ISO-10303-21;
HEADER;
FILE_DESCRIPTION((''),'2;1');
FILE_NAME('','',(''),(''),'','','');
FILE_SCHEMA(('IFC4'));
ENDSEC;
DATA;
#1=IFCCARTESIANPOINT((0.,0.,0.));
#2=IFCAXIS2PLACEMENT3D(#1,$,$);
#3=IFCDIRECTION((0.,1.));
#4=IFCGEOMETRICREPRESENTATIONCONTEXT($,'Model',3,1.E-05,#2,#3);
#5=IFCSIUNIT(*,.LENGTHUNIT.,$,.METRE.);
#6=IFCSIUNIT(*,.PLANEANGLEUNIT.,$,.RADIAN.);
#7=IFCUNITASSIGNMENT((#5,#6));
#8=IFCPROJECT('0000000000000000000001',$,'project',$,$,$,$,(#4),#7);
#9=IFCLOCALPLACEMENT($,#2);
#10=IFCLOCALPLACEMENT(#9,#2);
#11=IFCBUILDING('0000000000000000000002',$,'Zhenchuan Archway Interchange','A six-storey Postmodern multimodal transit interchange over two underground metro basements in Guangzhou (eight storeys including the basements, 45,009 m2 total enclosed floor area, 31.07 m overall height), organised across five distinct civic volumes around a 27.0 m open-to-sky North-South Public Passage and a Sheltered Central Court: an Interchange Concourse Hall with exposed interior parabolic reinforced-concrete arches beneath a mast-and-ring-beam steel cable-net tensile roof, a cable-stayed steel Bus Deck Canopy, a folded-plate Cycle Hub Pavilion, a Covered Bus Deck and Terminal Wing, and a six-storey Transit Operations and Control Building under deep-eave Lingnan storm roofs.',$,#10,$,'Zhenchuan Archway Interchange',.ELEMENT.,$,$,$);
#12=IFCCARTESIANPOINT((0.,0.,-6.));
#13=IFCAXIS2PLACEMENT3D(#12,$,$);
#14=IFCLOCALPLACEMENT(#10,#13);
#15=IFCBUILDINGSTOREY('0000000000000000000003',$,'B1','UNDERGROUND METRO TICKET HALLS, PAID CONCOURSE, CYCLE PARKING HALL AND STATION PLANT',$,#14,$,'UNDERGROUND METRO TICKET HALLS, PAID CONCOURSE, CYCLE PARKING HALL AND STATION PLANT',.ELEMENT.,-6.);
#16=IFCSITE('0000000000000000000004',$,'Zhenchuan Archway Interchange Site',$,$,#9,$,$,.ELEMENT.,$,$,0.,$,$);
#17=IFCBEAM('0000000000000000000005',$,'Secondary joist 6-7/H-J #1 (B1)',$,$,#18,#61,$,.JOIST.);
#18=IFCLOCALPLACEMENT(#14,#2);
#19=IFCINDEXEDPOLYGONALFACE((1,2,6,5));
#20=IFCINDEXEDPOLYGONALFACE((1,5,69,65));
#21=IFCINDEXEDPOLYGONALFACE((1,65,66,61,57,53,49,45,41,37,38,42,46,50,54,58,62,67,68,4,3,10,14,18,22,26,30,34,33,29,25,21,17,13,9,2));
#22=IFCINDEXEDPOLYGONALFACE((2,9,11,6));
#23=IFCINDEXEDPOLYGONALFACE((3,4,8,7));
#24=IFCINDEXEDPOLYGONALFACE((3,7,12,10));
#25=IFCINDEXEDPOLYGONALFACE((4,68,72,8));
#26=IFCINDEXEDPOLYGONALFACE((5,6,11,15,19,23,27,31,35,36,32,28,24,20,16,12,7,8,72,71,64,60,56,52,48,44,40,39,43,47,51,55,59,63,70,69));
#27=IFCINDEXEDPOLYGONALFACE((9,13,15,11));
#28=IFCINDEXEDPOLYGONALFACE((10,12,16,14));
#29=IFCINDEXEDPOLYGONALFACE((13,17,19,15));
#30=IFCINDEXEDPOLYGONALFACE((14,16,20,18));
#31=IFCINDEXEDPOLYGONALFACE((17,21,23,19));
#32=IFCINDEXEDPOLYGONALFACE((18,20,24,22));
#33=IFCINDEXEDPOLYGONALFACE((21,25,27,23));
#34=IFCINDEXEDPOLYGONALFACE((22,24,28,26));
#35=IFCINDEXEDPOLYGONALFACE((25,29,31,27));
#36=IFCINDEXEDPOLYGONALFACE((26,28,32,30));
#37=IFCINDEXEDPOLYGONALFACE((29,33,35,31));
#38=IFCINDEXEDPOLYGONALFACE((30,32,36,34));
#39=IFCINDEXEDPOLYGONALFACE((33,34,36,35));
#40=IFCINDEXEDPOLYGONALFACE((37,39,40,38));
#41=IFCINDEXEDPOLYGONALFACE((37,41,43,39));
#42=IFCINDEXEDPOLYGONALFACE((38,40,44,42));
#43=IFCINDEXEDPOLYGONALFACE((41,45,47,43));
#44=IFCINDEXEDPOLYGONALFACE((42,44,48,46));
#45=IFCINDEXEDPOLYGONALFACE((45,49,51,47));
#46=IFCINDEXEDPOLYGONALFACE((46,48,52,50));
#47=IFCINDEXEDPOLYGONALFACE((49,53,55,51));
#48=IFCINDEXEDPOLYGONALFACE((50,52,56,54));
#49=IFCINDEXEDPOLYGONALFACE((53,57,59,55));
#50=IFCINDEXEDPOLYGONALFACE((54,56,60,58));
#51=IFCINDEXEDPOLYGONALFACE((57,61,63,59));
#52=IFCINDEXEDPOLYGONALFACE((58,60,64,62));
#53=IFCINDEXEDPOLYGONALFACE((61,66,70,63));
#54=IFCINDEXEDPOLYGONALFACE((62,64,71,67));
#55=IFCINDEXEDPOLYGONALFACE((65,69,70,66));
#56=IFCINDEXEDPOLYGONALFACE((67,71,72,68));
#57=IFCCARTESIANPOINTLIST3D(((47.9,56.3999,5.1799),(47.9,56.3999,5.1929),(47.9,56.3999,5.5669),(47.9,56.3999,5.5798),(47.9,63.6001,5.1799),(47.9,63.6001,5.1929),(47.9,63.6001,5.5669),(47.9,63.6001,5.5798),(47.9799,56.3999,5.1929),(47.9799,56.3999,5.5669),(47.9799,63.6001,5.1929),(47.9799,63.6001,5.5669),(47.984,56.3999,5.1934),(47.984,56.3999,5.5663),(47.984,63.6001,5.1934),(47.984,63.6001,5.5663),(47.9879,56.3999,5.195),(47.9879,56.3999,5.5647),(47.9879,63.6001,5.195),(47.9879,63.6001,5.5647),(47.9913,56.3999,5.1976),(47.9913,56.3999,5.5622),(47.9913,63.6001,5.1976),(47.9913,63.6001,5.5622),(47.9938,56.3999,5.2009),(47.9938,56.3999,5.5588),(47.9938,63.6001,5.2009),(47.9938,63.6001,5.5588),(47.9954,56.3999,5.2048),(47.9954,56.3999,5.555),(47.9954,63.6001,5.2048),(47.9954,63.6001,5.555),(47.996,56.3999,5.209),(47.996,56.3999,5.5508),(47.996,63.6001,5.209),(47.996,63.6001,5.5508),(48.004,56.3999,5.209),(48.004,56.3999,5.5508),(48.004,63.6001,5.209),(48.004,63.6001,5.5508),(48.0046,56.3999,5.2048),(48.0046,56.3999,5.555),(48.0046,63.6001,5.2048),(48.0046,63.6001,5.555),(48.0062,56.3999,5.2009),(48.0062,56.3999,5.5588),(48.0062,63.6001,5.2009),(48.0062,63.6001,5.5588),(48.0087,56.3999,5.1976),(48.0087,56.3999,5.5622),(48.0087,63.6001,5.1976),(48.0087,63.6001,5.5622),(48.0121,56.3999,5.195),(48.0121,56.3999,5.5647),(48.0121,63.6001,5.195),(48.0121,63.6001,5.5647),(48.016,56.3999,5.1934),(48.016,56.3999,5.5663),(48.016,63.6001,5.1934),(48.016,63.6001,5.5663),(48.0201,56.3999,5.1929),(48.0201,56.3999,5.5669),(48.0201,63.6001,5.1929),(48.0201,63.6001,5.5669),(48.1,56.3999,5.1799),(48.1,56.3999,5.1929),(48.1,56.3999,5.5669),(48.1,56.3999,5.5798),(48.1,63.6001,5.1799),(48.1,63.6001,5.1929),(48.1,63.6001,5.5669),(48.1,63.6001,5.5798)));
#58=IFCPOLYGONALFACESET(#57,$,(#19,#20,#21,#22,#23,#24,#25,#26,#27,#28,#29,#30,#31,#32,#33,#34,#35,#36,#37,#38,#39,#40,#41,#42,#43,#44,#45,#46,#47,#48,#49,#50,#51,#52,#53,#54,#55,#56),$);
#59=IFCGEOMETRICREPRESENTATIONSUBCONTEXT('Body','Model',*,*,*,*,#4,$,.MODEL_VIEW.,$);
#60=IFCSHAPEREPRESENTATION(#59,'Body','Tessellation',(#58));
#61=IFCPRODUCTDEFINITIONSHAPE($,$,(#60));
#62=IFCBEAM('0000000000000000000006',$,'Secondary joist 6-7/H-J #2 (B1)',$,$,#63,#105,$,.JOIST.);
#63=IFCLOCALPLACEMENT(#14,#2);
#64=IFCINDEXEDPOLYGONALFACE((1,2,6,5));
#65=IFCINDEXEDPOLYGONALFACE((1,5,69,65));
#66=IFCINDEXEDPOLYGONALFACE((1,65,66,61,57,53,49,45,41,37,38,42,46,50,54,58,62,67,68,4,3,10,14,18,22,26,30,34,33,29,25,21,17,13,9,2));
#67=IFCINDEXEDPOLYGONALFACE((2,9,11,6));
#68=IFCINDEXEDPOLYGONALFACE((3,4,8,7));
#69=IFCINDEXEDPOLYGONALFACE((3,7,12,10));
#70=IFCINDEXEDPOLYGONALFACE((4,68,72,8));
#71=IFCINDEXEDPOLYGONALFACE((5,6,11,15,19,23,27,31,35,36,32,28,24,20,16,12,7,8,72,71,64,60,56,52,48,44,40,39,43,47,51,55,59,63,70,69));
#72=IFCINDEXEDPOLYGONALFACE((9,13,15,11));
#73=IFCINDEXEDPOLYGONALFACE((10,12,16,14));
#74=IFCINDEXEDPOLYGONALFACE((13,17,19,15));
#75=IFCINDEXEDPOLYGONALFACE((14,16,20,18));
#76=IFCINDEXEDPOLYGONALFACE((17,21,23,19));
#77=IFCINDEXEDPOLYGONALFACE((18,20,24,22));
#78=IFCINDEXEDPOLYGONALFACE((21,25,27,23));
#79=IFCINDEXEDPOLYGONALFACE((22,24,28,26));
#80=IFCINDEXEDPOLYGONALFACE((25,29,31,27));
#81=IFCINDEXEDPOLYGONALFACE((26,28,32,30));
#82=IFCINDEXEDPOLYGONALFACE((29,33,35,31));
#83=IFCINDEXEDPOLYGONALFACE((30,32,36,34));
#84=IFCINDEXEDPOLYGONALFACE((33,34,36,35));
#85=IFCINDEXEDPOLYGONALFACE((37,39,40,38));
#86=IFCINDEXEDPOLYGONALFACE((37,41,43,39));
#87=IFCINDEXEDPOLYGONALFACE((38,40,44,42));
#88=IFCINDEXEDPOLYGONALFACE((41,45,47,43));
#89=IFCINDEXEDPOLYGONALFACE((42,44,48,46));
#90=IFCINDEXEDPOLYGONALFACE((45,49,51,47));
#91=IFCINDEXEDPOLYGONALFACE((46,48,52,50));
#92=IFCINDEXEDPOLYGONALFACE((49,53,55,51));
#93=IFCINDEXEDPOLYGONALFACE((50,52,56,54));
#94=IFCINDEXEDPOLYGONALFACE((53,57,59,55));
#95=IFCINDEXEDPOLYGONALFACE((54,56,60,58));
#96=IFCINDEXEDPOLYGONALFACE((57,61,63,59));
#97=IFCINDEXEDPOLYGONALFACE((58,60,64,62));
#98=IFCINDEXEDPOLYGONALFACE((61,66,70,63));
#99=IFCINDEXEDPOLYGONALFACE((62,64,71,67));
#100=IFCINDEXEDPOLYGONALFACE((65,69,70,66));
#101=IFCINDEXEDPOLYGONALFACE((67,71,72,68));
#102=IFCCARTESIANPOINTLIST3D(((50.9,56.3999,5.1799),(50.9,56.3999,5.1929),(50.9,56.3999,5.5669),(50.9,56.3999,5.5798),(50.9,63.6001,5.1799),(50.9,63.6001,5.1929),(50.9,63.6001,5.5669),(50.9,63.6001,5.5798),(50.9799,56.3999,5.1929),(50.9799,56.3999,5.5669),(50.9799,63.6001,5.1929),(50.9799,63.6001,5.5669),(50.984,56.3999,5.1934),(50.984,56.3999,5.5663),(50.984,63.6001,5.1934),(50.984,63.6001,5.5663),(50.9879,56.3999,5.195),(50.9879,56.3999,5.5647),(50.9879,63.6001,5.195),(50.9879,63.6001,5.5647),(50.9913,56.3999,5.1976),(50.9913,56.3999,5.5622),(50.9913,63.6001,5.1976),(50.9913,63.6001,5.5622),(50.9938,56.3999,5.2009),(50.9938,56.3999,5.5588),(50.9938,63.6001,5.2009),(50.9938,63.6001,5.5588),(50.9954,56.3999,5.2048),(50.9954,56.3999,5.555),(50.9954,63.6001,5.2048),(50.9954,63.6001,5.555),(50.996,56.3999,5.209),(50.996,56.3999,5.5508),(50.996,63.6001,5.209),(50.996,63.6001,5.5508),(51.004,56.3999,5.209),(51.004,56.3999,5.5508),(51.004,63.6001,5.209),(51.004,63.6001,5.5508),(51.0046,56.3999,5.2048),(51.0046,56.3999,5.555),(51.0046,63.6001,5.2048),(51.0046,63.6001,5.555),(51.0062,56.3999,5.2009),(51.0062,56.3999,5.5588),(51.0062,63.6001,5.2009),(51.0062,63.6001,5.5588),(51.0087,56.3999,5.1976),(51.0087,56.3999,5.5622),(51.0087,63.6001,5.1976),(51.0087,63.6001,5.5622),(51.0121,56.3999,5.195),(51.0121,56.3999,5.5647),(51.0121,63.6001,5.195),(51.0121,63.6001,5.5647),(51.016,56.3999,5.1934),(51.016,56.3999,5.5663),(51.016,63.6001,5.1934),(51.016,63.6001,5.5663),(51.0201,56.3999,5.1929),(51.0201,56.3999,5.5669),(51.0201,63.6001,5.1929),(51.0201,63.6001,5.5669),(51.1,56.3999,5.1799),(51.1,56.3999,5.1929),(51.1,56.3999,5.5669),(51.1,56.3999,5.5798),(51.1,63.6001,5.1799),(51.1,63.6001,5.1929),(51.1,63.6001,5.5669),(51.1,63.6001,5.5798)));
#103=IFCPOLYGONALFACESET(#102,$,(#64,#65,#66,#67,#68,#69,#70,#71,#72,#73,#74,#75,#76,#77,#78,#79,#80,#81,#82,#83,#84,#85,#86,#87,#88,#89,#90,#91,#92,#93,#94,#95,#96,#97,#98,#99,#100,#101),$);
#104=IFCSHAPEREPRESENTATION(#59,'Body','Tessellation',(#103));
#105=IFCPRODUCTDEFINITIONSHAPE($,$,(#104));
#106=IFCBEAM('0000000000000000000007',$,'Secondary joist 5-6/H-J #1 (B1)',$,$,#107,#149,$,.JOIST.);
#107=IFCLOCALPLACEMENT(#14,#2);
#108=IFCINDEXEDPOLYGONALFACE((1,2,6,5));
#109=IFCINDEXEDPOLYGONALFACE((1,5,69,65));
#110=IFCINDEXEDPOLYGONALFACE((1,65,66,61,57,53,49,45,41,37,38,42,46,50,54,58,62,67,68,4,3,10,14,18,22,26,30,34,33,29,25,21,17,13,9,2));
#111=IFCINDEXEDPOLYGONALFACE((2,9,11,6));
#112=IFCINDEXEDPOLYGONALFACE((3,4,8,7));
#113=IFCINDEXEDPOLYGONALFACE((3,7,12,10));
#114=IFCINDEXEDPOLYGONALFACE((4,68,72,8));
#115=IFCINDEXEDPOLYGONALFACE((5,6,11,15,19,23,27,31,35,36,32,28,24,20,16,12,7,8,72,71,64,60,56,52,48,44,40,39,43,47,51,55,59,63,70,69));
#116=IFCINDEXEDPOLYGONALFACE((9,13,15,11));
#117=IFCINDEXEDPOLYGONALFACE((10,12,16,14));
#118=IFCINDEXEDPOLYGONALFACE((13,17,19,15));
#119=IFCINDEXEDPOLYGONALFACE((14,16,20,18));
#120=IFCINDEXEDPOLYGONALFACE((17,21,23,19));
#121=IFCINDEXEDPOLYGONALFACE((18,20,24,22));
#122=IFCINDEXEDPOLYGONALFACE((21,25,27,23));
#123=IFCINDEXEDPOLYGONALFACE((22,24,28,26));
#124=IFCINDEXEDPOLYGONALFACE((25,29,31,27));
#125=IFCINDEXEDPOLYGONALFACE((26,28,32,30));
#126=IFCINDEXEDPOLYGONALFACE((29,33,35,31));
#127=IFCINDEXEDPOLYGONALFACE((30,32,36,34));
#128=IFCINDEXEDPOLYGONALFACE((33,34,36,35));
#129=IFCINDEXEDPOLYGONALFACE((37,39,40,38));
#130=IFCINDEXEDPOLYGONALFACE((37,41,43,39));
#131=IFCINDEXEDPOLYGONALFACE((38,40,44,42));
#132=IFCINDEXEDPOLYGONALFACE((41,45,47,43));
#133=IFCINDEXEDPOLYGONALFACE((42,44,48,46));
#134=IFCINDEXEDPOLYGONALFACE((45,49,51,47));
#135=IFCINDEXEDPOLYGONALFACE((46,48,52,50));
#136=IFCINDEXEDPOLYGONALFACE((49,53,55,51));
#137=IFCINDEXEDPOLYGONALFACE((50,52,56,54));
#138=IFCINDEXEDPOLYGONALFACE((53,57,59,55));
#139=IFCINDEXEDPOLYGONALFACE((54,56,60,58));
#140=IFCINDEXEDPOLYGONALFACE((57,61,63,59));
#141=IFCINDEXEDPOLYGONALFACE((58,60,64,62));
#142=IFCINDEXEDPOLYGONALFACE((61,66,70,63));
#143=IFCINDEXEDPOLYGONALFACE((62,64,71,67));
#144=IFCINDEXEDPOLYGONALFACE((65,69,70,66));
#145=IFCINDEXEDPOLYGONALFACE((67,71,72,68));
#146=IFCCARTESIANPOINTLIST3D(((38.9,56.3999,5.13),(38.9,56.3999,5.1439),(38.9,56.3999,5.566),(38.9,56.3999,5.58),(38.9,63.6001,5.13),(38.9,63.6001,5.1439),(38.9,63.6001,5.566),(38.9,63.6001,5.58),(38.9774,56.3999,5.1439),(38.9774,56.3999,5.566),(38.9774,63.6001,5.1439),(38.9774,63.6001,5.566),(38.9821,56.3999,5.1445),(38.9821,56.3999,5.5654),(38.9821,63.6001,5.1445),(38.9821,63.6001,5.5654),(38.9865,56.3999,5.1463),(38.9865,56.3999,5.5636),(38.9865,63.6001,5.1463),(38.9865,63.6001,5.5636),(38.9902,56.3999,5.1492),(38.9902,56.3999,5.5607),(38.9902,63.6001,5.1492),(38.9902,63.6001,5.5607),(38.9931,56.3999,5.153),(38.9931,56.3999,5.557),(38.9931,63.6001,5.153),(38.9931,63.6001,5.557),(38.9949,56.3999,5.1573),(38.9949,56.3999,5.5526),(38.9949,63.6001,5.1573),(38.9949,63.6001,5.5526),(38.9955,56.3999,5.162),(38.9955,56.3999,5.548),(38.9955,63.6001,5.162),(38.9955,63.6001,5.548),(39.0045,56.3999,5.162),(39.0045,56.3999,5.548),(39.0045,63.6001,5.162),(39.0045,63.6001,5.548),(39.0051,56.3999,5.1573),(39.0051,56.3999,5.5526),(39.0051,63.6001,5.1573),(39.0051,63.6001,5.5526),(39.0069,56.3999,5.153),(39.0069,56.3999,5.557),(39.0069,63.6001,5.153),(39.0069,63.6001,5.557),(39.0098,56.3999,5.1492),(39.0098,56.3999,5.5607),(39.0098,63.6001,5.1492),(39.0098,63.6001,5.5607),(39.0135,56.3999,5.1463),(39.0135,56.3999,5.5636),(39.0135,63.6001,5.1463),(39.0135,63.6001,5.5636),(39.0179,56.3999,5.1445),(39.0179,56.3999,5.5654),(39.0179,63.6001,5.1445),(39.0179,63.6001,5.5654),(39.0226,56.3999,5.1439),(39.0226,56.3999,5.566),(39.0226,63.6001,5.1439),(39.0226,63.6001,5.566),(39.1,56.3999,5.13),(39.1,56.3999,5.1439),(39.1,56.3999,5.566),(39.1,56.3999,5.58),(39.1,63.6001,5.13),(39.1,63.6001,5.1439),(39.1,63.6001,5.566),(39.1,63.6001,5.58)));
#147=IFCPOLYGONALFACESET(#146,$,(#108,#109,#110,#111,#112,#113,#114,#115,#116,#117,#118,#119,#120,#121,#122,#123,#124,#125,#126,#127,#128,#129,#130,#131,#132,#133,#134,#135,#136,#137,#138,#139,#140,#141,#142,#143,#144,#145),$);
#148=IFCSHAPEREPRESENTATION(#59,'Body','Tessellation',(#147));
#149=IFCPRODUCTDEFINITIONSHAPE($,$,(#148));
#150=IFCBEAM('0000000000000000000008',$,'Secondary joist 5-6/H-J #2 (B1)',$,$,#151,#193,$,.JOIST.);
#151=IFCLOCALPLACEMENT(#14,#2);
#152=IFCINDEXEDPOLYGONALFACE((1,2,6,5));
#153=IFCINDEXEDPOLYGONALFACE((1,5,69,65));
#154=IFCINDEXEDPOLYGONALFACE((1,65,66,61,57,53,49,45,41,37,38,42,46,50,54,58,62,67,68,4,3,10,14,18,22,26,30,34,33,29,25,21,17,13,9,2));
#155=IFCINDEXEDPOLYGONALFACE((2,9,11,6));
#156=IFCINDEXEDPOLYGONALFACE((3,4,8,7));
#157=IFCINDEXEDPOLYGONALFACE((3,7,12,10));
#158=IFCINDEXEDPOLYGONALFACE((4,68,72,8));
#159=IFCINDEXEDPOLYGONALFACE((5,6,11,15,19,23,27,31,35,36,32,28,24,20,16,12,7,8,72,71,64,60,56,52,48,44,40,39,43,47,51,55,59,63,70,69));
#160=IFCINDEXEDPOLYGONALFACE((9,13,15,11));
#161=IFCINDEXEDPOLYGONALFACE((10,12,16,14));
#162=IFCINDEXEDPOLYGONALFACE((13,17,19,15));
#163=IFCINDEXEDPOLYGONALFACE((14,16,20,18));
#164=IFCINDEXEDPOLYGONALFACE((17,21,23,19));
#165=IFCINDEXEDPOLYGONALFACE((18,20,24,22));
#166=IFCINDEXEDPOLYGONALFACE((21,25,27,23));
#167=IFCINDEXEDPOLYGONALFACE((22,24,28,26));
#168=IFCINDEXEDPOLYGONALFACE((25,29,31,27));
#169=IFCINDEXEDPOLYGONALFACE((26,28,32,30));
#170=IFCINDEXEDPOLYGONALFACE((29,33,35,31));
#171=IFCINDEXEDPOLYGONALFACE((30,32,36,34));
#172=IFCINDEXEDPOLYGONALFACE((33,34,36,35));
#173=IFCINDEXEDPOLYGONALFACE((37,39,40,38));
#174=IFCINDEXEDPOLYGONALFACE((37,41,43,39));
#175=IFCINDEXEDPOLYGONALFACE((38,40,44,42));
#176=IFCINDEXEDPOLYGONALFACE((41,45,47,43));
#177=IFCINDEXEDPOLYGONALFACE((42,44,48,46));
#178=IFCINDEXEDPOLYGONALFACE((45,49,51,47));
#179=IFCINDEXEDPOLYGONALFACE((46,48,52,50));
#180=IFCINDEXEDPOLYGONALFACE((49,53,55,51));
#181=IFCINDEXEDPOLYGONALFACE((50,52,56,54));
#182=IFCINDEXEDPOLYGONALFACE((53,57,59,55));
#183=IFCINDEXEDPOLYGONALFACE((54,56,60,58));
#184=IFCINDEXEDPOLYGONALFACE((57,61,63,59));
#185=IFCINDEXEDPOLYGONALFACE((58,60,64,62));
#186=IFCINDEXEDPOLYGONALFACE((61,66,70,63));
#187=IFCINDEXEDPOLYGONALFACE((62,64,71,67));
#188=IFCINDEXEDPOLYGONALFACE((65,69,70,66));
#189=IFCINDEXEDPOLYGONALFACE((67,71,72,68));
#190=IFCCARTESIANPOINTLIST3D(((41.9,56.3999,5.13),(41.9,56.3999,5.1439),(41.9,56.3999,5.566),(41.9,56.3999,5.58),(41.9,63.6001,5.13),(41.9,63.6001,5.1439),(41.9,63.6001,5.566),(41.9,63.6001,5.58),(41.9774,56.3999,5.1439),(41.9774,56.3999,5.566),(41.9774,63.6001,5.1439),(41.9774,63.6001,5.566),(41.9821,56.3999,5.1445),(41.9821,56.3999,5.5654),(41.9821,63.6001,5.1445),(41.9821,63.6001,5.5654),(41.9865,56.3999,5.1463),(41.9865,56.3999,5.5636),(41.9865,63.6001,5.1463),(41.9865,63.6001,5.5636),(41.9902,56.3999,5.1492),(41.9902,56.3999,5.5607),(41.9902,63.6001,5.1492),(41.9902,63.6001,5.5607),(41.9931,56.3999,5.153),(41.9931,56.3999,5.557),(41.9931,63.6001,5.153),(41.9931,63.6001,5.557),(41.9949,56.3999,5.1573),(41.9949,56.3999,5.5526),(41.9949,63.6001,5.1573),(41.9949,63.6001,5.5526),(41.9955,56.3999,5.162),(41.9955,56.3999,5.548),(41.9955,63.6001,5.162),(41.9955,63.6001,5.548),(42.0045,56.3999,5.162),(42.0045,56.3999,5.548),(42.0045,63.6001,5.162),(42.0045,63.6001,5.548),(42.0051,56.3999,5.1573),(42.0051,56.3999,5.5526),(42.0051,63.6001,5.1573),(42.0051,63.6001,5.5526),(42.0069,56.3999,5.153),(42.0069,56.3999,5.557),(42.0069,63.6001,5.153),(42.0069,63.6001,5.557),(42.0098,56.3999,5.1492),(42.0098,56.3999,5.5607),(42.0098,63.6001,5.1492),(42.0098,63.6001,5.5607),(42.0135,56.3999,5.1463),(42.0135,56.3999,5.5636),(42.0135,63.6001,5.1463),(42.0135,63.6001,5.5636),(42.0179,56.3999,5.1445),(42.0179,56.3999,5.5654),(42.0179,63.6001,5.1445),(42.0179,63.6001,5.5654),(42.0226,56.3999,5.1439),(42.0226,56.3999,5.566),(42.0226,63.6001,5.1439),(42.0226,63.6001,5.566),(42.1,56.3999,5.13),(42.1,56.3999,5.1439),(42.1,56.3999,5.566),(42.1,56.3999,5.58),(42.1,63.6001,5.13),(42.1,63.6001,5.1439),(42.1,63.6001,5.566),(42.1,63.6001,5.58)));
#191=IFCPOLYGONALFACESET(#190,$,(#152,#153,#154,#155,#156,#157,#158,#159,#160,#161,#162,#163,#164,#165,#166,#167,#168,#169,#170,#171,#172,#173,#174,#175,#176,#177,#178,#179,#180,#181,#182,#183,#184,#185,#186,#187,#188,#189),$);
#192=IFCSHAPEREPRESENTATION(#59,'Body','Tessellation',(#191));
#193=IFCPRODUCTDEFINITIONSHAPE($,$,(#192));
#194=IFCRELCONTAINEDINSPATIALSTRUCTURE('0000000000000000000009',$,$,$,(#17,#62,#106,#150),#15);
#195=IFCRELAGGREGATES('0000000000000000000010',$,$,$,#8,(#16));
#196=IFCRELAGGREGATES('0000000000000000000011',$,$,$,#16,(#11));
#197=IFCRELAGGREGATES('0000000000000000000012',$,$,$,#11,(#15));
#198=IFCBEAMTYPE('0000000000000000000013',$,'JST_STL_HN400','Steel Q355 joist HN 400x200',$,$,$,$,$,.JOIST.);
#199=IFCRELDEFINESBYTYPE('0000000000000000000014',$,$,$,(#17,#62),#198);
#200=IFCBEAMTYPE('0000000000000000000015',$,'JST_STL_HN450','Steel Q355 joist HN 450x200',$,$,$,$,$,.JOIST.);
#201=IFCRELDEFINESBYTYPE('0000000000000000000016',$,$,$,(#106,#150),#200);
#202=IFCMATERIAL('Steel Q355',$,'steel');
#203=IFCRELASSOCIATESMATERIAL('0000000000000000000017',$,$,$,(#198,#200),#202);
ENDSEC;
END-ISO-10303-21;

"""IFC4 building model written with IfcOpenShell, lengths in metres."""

from ifc_helpers import new_model, si_unit, direction, frame, origin, origin_2d, place, context, subcontext, project, spatial, i_section, extrude, material, material_profile, profile_set, type_object, element, save


model = new_model("IFC4")

# Units and contexts
model_context = context("Model", 3, precision=1e-05, world=origin(), true_north=direction((0.0, 1.0)))
body_context = subcontext(model_context, "Body", "Model", "MODEL_VIEW")
ifc_project = project(units=[si_unit("LENGTHUNIT", "METRE"), si_unit("PLANEANGLEUNIT", "RADIAN")], contexts=[model_context])

# Site, building, storey
site_placement = place(None, origin())
site = spatial("IfcSite", under=ifc_project, at=site_placement, Name="Zhenchuan Archway Interchange Site", CompositionType="ELEMENT", RefElevation=0.0)
building_placement = place(site_placement, origin())
building = spatial("IfcBuilding", under=site, at=building_placement, Name="Zhenchuan Archway Interchange", Description="A six-storey Postmodern multimodal transit interchange over two underground metro basements in Guangzhou (eight storeys including the basements, 45,009 m2 total enclosed floor area, 31.07 m overall height), organised across five distinct civic volumes around a 27.0 m open-to-sky North-South Public Passage and a Sheltered Central Court: an Interchange Concourse Hall with exposed interior parabolic reinforced-concrete arches beneath a mast-and-ring-beam steel cable-net tensile roof, a cable-stayed steel Bus Deck Canopy, a folded-plate Cycle Hub Pavilion, a Covered Bus Deck and Terminal Wing, and a six-storey Transit Operations and Control Building under deep-eave Lingnan storm roofs.", LongName="Zhenchuan Archway Interchange", CompositionType="ELEMENT")
storey_placement = place(building_placement, frame((0.0, 0.0, -6.0)))
storey = spatial("IfcBuildingStorey", under=building, at=storey_placement, Name="B1", Description="UNDERGROUND METRO TICKET HALLS, PAID CONCOURSE, CYCLE PARKING HALL AND STATION PLANT", LongName="UNDERGROUND METRO TICKET HALLS, PAID CONCOURSE, CYCLE PARKING HALL AND STATION PLANT", CompositionType="ELEMENT", Elevation=-6.0)

# Beams
ifc_material_1 = material(Name="Steel Q355", Category="steel")
ifc_material_profile_1 = material_profile(ifc_material_1, i_section(OverallWidth=0.2, OverallDepth=0.3999, WebThickness=0.0081, FlangeThickness=0.0129, FilletRadius=0.0161, at=origin_2d()), Name="HN 400x200")
ifc_profile_set_1 = profile_set([ifc_material_profile_1], Name="Steel Q355")
beam_type_1 = type_object("IfcBeamType", Name="JST_STL_HN400", Description="Steel Q355 joist HN 400x200", PredefinedType="JOIST", material=ifc_profile_set_1)
for number, where, z_axis, x_axis, name in (
    (1, (48.0, 56.3999, 5.3799), (0.0, 1.0, 0.0), (-1.0, 0.0, 0.0), "Secondary joist 6-7/H-J #1 (B1)"),
    (2, (51.0, 56.3999, 5.3799), (0.0, 1.0, 0.0), (-1.0, 0.0, 0.0), "Secondary joist 6-7/H-J #2 (B1)"),
):
    element("IfcBeam", number, at=place(storey_placement, frame(where, z_axis=z_axis, x_axis=x_axis)), inside=storey, type_object=beam_type_1, Name=name, PredefinedType="JOIST", context=body_context, shape_type="SweptSolid", body=[
        extrude(i_section(OverallWidth=0.2, OverallDepth=0.3999, WebThickness=0.0081, FlangeThickness=0.0129, FilletRadius=0.0161, at=origin_2d()), origin(), (0.0, 0.0, 1.0), 7.2002),
    ])
ifc_material_profile_2 = material_profile(ifc_material_1, i_section(OverallWidth=0.2, OverallDepth=0.45, WebThickness=0.009, FlangeThickness=0.0139, FilletRadius=0.0181, at=origin_2d()), Name="HN 450x200")
ifc_profile_set_2 = profile_set([ifc_material_profile_2], Name="Steel Q355")
beam_type_2 = type_object("IfcBeamType", Name="JST_STL_HN450", Description="Steel Q355 joist HN 450x200", PredefinedType="JOIST", material=ifc_profile_set_2)
for number, where, z_axis, x_axis, name in (
    (3, (39.0, 56.3999, 5.355), (0.0, 1.0, 0.0), (-1.0, 0.0, 0.0), "Secondary joist 5-6/H-J #1 (B1)"),
    (4, (42.0, 56.3999, 5.355), (0.0, 1.0, 0.0), (-1.0, 0.0, 0.0), "Secondary joist 5-6/H-J #2 (B1)"),
):
    element("IfcBeam", number, at=place(storey_placement, frame(where, z_axis=z_axis, x_axis=x_axis)), inside=storey, type_object=beam_type_2, Name=name, PredefinedType="JOIST", context=body_context, shape_type="SweptSolid", body=[
        extrude(i_section(OverallWidth=0.2, OverallDepth=0.45, WebThickness=0.009, FlangeThickness=0.0139, FilletRadius=0.0181, at=origin_2d()), origin(), (0.0, 0.0, 1.0), 7.2002),
    ])

save(model, "model.ifc")
